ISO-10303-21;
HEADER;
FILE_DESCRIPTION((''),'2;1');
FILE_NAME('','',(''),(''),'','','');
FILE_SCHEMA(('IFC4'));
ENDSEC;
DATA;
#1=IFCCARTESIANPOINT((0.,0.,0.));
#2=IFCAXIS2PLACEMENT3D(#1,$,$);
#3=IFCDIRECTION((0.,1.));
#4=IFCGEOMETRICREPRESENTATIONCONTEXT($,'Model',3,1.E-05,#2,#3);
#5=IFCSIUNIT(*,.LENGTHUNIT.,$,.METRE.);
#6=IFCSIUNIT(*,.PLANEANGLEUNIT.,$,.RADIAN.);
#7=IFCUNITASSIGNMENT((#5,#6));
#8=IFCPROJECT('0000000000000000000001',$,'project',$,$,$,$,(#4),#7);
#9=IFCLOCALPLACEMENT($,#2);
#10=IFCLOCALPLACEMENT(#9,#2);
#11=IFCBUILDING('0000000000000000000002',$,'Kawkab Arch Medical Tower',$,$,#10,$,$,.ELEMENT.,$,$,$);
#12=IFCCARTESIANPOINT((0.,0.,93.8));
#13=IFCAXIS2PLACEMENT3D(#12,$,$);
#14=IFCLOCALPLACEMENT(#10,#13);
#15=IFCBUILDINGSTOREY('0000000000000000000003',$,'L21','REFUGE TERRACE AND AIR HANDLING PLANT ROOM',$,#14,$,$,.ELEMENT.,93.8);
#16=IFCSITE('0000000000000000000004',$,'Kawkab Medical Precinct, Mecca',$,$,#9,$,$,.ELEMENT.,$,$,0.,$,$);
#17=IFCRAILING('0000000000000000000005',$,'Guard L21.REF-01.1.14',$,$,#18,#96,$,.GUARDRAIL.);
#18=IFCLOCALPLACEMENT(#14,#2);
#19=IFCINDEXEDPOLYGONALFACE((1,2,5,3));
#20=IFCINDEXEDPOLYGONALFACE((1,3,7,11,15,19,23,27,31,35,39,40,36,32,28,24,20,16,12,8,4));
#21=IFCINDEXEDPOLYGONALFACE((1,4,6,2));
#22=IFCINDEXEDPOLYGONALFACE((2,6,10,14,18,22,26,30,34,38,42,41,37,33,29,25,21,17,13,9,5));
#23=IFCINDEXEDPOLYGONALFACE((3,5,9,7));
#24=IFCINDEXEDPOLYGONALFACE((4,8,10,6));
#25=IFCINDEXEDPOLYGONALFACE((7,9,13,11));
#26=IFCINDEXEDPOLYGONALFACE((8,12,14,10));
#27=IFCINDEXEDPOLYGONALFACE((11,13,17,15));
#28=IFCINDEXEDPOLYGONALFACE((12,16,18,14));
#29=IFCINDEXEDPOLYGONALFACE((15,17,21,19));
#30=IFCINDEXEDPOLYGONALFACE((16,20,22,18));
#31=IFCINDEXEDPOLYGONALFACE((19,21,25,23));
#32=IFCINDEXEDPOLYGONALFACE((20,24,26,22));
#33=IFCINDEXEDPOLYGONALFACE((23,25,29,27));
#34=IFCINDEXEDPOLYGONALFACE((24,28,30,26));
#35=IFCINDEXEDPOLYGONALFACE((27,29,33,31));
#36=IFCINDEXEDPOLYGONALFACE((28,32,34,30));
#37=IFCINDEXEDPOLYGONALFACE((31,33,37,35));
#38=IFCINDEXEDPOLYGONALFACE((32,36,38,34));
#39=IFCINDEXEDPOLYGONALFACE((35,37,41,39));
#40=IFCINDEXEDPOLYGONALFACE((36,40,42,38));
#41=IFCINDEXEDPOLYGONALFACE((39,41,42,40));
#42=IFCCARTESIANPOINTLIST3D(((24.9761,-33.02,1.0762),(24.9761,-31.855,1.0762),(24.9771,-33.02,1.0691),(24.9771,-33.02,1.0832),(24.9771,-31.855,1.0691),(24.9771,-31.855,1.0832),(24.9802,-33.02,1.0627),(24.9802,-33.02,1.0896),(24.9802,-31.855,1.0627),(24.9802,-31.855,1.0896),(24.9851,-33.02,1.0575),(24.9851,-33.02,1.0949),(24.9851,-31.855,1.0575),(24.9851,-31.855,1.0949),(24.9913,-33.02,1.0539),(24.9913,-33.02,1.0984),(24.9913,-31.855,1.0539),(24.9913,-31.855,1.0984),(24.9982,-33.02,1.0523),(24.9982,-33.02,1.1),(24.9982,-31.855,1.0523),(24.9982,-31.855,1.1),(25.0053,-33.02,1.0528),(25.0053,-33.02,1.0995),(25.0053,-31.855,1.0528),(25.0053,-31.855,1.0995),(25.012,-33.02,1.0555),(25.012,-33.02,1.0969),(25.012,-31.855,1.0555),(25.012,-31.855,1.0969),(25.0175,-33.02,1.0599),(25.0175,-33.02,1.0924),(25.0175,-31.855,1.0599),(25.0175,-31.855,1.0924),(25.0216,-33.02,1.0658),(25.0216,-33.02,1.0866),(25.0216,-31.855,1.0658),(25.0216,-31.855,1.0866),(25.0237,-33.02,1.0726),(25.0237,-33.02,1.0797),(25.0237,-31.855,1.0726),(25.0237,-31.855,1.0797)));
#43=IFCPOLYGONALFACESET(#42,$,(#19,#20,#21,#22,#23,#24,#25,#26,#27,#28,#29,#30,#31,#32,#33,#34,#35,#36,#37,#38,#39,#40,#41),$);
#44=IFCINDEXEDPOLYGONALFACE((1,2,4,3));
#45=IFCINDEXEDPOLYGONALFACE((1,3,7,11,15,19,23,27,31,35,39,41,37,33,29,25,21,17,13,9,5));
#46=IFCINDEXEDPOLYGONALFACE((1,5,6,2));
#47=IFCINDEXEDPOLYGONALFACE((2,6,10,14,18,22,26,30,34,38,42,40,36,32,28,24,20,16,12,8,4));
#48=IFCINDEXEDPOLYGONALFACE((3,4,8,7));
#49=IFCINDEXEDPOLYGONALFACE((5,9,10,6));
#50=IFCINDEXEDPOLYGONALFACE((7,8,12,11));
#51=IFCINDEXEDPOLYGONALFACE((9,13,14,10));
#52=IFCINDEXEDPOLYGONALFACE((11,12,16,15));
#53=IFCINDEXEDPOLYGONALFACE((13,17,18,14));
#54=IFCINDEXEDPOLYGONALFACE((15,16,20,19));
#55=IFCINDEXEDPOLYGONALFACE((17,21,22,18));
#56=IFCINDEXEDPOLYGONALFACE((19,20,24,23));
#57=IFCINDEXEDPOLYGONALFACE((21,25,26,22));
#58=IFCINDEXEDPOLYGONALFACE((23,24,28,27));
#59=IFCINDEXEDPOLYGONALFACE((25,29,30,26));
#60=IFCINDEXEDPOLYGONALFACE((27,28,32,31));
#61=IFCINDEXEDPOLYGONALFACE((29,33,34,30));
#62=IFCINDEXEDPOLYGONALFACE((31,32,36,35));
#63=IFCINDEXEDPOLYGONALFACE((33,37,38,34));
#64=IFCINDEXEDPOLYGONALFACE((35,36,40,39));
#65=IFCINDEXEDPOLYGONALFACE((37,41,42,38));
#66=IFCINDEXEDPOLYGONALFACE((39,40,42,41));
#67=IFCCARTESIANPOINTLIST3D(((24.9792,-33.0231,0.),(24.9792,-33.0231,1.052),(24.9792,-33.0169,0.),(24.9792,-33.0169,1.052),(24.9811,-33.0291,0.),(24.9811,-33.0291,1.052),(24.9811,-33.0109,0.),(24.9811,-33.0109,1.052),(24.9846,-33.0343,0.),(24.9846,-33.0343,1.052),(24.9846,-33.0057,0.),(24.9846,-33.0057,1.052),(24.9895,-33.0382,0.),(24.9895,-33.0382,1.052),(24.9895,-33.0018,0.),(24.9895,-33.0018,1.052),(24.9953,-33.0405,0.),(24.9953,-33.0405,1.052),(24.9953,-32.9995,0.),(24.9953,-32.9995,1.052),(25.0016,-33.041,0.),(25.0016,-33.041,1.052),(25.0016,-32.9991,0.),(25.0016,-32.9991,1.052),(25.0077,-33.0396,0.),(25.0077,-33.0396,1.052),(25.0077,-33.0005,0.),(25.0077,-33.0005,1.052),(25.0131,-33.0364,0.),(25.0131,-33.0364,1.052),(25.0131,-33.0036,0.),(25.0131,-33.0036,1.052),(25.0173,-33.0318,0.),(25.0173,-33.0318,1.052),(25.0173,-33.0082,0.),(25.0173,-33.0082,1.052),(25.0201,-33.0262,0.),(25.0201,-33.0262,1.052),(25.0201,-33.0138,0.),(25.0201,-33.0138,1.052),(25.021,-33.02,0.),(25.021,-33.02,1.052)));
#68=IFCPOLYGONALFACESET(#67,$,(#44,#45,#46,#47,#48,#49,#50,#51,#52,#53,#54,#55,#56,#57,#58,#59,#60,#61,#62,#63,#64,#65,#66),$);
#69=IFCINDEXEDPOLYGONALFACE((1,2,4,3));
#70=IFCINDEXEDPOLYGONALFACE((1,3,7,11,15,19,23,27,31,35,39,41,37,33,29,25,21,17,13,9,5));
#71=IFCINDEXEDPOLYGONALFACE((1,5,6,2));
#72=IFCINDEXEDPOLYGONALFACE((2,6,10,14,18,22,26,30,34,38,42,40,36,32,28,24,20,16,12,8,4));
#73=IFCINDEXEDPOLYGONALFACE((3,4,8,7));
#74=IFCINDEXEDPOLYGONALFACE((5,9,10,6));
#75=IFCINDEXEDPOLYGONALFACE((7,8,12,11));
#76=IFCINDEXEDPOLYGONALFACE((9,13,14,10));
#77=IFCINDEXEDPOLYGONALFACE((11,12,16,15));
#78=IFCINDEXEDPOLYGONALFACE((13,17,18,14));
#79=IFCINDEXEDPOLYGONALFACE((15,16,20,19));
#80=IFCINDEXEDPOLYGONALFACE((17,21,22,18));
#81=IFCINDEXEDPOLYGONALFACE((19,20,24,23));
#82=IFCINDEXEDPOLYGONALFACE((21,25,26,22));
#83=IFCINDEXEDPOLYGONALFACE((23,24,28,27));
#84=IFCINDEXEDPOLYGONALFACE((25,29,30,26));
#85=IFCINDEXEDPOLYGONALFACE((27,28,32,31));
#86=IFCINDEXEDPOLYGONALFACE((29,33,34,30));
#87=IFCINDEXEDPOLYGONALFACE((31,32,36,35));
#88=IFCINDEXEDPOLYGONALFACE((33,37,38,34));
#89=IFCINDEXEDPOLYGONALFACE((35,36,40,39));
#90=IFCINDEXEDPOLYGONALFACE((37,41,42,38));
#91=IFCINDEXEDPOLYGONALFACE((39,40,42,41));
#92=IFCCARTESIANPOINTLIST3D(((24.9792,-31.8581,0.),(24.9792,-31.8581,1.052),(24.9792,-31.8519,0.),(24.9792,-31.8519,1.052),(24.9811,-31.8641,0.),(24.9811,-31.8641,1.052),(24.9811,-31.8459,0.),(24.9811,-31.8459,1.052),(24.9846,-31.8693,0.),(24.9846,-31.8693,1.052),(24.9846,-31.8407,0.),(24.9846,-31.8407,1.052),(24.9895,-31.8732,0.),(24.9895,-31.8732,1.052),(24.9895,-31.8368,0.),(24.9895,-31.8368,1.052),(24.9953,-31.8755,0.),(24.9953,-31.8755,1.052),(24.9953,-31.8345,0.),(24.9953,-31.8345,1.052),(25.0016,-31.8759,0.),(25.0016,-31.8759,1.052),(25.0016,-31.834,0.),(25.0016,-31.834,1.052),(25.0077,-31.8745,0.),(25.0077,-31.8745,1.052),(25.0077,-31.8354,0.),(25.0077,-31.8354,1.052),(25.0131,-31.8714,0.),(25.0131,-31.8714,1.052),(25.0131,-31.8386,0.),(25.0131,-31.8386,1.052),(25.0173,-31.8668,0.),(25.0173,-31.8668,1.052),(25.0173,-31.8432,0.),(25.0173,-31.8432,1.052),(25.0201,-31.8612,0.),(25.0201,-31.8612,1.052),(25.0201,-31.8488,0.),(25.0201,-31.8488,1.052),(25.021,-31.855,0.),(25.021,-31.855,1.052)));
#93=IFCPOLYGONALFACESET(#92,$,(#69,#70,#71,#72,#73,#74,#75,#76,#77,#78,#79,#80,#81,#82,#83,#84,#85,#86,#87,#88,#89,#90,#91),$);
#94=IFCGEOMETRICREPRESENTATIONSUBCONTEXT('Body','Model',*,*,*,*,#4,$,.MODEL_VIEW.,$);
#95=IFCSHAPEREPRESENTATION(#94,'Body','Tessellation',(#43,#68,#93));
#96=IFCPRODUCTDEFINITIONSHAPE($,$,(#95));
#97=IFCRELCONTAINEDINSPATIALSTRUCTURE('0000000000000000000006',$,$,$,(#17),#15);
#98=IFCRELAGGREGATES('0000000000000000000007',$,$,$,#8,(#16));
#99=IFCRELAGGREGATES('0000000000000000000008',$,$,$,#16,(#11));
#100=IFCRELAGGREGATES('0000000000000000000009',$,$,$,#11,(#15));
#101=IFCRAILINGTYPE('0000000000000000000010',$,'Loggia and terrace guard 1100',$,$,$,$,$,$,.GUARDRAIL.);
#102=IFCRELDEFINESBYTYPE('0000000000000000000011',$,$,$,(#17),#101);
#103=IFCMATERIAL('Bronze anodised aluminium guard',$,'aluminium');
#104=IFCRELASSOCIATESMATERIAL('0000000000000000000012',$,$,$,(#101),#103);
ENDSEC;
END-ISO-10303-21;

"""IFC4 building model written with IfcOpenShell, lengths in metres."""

from ifc_helpers import new_model, si_unit, direction, frame, origin, origin_2d, place, context, subcontext, project, spatial, circle, extrude, material, type_object, element, save


model = new_model("IFC4")

# Units and contexts
model_context = context("Model", 3, precision=1e-05, world=origin(), true_north=direction((0.0, 1.0)))
body_context = subcontext(model_context, "Body", "Model", "MODEL_VIEW")
ifc_project = project(units=[si_unit("LENGTHUNIT", "METRE"), si_unit("PLANEANGLEUNIT", "RADIAN")], contexts=[model_context])

# Site, building, storey
site_placement = place(None, origin())
site = spatial("IfcSite", under=ifc_project, at=site_placement, Name="Kawkab Medical Precinct, Mecca", CompositionType="ELEMENT", RefElevation=0.0)
building_placement = place(site_placement, origin())
building = spatial("IfcBuilding", under=site, at=building_placement, Name="Kawkab Arch Medical Tower", CompositionType="ELEMENT")
storey_placement = place(building_placement, frame((0.0, 0.0, 93.8)))
storey = spatial("IfcBuildingStorey", under=building, at=storey_placement, Name="L21", Description="REFUGE TERRACE AND AIR HANDLING PLANT ROOM", CompositionType="ELEMENT", Elevation=93.8)

# Railing
ifc_material_1 = material(Name="Bronze anodised aluminium guard", Category="aluminium")
railing_type = type_object("IfcRailingType", Name="Loggia and terrace guard 1100", PredefinedType="GUARDRAIL", material=ifc_material_1)
railing_1_placement = place(storey_placement, frame((25.0, -33.02, 0.0)))
element("IfcRailing", 1, at=railing_1_placement, inside=storey, type_object=railing_type, Name="Guard L21.REF-01.1.14", PredefinedType="GUARDRAIL", context=body_context, shape_type="SweptSolid", body=[
    extrude(circle(Radius=0.0239, at=origin_2d()), frame((0.0, 0.0, 1.0762), z_axis=(0.0, 1.0, 0.0), x_axis=(-1.0, 0.0, 0.0)), (0.0, 0.0, 1.0), 1.165),
    extrude(circle(Radius=0.021, at=origin_2d()), origin(), (0.0, 0.0, 1.0), 1.052),
    extrude(circle(Radius=0.021, at=origin_2d()), frame((0.0, 1.165, 0.0)), (0.0, 0.0, 1.0), 1.052),
])

save(model, "model.ifc")
